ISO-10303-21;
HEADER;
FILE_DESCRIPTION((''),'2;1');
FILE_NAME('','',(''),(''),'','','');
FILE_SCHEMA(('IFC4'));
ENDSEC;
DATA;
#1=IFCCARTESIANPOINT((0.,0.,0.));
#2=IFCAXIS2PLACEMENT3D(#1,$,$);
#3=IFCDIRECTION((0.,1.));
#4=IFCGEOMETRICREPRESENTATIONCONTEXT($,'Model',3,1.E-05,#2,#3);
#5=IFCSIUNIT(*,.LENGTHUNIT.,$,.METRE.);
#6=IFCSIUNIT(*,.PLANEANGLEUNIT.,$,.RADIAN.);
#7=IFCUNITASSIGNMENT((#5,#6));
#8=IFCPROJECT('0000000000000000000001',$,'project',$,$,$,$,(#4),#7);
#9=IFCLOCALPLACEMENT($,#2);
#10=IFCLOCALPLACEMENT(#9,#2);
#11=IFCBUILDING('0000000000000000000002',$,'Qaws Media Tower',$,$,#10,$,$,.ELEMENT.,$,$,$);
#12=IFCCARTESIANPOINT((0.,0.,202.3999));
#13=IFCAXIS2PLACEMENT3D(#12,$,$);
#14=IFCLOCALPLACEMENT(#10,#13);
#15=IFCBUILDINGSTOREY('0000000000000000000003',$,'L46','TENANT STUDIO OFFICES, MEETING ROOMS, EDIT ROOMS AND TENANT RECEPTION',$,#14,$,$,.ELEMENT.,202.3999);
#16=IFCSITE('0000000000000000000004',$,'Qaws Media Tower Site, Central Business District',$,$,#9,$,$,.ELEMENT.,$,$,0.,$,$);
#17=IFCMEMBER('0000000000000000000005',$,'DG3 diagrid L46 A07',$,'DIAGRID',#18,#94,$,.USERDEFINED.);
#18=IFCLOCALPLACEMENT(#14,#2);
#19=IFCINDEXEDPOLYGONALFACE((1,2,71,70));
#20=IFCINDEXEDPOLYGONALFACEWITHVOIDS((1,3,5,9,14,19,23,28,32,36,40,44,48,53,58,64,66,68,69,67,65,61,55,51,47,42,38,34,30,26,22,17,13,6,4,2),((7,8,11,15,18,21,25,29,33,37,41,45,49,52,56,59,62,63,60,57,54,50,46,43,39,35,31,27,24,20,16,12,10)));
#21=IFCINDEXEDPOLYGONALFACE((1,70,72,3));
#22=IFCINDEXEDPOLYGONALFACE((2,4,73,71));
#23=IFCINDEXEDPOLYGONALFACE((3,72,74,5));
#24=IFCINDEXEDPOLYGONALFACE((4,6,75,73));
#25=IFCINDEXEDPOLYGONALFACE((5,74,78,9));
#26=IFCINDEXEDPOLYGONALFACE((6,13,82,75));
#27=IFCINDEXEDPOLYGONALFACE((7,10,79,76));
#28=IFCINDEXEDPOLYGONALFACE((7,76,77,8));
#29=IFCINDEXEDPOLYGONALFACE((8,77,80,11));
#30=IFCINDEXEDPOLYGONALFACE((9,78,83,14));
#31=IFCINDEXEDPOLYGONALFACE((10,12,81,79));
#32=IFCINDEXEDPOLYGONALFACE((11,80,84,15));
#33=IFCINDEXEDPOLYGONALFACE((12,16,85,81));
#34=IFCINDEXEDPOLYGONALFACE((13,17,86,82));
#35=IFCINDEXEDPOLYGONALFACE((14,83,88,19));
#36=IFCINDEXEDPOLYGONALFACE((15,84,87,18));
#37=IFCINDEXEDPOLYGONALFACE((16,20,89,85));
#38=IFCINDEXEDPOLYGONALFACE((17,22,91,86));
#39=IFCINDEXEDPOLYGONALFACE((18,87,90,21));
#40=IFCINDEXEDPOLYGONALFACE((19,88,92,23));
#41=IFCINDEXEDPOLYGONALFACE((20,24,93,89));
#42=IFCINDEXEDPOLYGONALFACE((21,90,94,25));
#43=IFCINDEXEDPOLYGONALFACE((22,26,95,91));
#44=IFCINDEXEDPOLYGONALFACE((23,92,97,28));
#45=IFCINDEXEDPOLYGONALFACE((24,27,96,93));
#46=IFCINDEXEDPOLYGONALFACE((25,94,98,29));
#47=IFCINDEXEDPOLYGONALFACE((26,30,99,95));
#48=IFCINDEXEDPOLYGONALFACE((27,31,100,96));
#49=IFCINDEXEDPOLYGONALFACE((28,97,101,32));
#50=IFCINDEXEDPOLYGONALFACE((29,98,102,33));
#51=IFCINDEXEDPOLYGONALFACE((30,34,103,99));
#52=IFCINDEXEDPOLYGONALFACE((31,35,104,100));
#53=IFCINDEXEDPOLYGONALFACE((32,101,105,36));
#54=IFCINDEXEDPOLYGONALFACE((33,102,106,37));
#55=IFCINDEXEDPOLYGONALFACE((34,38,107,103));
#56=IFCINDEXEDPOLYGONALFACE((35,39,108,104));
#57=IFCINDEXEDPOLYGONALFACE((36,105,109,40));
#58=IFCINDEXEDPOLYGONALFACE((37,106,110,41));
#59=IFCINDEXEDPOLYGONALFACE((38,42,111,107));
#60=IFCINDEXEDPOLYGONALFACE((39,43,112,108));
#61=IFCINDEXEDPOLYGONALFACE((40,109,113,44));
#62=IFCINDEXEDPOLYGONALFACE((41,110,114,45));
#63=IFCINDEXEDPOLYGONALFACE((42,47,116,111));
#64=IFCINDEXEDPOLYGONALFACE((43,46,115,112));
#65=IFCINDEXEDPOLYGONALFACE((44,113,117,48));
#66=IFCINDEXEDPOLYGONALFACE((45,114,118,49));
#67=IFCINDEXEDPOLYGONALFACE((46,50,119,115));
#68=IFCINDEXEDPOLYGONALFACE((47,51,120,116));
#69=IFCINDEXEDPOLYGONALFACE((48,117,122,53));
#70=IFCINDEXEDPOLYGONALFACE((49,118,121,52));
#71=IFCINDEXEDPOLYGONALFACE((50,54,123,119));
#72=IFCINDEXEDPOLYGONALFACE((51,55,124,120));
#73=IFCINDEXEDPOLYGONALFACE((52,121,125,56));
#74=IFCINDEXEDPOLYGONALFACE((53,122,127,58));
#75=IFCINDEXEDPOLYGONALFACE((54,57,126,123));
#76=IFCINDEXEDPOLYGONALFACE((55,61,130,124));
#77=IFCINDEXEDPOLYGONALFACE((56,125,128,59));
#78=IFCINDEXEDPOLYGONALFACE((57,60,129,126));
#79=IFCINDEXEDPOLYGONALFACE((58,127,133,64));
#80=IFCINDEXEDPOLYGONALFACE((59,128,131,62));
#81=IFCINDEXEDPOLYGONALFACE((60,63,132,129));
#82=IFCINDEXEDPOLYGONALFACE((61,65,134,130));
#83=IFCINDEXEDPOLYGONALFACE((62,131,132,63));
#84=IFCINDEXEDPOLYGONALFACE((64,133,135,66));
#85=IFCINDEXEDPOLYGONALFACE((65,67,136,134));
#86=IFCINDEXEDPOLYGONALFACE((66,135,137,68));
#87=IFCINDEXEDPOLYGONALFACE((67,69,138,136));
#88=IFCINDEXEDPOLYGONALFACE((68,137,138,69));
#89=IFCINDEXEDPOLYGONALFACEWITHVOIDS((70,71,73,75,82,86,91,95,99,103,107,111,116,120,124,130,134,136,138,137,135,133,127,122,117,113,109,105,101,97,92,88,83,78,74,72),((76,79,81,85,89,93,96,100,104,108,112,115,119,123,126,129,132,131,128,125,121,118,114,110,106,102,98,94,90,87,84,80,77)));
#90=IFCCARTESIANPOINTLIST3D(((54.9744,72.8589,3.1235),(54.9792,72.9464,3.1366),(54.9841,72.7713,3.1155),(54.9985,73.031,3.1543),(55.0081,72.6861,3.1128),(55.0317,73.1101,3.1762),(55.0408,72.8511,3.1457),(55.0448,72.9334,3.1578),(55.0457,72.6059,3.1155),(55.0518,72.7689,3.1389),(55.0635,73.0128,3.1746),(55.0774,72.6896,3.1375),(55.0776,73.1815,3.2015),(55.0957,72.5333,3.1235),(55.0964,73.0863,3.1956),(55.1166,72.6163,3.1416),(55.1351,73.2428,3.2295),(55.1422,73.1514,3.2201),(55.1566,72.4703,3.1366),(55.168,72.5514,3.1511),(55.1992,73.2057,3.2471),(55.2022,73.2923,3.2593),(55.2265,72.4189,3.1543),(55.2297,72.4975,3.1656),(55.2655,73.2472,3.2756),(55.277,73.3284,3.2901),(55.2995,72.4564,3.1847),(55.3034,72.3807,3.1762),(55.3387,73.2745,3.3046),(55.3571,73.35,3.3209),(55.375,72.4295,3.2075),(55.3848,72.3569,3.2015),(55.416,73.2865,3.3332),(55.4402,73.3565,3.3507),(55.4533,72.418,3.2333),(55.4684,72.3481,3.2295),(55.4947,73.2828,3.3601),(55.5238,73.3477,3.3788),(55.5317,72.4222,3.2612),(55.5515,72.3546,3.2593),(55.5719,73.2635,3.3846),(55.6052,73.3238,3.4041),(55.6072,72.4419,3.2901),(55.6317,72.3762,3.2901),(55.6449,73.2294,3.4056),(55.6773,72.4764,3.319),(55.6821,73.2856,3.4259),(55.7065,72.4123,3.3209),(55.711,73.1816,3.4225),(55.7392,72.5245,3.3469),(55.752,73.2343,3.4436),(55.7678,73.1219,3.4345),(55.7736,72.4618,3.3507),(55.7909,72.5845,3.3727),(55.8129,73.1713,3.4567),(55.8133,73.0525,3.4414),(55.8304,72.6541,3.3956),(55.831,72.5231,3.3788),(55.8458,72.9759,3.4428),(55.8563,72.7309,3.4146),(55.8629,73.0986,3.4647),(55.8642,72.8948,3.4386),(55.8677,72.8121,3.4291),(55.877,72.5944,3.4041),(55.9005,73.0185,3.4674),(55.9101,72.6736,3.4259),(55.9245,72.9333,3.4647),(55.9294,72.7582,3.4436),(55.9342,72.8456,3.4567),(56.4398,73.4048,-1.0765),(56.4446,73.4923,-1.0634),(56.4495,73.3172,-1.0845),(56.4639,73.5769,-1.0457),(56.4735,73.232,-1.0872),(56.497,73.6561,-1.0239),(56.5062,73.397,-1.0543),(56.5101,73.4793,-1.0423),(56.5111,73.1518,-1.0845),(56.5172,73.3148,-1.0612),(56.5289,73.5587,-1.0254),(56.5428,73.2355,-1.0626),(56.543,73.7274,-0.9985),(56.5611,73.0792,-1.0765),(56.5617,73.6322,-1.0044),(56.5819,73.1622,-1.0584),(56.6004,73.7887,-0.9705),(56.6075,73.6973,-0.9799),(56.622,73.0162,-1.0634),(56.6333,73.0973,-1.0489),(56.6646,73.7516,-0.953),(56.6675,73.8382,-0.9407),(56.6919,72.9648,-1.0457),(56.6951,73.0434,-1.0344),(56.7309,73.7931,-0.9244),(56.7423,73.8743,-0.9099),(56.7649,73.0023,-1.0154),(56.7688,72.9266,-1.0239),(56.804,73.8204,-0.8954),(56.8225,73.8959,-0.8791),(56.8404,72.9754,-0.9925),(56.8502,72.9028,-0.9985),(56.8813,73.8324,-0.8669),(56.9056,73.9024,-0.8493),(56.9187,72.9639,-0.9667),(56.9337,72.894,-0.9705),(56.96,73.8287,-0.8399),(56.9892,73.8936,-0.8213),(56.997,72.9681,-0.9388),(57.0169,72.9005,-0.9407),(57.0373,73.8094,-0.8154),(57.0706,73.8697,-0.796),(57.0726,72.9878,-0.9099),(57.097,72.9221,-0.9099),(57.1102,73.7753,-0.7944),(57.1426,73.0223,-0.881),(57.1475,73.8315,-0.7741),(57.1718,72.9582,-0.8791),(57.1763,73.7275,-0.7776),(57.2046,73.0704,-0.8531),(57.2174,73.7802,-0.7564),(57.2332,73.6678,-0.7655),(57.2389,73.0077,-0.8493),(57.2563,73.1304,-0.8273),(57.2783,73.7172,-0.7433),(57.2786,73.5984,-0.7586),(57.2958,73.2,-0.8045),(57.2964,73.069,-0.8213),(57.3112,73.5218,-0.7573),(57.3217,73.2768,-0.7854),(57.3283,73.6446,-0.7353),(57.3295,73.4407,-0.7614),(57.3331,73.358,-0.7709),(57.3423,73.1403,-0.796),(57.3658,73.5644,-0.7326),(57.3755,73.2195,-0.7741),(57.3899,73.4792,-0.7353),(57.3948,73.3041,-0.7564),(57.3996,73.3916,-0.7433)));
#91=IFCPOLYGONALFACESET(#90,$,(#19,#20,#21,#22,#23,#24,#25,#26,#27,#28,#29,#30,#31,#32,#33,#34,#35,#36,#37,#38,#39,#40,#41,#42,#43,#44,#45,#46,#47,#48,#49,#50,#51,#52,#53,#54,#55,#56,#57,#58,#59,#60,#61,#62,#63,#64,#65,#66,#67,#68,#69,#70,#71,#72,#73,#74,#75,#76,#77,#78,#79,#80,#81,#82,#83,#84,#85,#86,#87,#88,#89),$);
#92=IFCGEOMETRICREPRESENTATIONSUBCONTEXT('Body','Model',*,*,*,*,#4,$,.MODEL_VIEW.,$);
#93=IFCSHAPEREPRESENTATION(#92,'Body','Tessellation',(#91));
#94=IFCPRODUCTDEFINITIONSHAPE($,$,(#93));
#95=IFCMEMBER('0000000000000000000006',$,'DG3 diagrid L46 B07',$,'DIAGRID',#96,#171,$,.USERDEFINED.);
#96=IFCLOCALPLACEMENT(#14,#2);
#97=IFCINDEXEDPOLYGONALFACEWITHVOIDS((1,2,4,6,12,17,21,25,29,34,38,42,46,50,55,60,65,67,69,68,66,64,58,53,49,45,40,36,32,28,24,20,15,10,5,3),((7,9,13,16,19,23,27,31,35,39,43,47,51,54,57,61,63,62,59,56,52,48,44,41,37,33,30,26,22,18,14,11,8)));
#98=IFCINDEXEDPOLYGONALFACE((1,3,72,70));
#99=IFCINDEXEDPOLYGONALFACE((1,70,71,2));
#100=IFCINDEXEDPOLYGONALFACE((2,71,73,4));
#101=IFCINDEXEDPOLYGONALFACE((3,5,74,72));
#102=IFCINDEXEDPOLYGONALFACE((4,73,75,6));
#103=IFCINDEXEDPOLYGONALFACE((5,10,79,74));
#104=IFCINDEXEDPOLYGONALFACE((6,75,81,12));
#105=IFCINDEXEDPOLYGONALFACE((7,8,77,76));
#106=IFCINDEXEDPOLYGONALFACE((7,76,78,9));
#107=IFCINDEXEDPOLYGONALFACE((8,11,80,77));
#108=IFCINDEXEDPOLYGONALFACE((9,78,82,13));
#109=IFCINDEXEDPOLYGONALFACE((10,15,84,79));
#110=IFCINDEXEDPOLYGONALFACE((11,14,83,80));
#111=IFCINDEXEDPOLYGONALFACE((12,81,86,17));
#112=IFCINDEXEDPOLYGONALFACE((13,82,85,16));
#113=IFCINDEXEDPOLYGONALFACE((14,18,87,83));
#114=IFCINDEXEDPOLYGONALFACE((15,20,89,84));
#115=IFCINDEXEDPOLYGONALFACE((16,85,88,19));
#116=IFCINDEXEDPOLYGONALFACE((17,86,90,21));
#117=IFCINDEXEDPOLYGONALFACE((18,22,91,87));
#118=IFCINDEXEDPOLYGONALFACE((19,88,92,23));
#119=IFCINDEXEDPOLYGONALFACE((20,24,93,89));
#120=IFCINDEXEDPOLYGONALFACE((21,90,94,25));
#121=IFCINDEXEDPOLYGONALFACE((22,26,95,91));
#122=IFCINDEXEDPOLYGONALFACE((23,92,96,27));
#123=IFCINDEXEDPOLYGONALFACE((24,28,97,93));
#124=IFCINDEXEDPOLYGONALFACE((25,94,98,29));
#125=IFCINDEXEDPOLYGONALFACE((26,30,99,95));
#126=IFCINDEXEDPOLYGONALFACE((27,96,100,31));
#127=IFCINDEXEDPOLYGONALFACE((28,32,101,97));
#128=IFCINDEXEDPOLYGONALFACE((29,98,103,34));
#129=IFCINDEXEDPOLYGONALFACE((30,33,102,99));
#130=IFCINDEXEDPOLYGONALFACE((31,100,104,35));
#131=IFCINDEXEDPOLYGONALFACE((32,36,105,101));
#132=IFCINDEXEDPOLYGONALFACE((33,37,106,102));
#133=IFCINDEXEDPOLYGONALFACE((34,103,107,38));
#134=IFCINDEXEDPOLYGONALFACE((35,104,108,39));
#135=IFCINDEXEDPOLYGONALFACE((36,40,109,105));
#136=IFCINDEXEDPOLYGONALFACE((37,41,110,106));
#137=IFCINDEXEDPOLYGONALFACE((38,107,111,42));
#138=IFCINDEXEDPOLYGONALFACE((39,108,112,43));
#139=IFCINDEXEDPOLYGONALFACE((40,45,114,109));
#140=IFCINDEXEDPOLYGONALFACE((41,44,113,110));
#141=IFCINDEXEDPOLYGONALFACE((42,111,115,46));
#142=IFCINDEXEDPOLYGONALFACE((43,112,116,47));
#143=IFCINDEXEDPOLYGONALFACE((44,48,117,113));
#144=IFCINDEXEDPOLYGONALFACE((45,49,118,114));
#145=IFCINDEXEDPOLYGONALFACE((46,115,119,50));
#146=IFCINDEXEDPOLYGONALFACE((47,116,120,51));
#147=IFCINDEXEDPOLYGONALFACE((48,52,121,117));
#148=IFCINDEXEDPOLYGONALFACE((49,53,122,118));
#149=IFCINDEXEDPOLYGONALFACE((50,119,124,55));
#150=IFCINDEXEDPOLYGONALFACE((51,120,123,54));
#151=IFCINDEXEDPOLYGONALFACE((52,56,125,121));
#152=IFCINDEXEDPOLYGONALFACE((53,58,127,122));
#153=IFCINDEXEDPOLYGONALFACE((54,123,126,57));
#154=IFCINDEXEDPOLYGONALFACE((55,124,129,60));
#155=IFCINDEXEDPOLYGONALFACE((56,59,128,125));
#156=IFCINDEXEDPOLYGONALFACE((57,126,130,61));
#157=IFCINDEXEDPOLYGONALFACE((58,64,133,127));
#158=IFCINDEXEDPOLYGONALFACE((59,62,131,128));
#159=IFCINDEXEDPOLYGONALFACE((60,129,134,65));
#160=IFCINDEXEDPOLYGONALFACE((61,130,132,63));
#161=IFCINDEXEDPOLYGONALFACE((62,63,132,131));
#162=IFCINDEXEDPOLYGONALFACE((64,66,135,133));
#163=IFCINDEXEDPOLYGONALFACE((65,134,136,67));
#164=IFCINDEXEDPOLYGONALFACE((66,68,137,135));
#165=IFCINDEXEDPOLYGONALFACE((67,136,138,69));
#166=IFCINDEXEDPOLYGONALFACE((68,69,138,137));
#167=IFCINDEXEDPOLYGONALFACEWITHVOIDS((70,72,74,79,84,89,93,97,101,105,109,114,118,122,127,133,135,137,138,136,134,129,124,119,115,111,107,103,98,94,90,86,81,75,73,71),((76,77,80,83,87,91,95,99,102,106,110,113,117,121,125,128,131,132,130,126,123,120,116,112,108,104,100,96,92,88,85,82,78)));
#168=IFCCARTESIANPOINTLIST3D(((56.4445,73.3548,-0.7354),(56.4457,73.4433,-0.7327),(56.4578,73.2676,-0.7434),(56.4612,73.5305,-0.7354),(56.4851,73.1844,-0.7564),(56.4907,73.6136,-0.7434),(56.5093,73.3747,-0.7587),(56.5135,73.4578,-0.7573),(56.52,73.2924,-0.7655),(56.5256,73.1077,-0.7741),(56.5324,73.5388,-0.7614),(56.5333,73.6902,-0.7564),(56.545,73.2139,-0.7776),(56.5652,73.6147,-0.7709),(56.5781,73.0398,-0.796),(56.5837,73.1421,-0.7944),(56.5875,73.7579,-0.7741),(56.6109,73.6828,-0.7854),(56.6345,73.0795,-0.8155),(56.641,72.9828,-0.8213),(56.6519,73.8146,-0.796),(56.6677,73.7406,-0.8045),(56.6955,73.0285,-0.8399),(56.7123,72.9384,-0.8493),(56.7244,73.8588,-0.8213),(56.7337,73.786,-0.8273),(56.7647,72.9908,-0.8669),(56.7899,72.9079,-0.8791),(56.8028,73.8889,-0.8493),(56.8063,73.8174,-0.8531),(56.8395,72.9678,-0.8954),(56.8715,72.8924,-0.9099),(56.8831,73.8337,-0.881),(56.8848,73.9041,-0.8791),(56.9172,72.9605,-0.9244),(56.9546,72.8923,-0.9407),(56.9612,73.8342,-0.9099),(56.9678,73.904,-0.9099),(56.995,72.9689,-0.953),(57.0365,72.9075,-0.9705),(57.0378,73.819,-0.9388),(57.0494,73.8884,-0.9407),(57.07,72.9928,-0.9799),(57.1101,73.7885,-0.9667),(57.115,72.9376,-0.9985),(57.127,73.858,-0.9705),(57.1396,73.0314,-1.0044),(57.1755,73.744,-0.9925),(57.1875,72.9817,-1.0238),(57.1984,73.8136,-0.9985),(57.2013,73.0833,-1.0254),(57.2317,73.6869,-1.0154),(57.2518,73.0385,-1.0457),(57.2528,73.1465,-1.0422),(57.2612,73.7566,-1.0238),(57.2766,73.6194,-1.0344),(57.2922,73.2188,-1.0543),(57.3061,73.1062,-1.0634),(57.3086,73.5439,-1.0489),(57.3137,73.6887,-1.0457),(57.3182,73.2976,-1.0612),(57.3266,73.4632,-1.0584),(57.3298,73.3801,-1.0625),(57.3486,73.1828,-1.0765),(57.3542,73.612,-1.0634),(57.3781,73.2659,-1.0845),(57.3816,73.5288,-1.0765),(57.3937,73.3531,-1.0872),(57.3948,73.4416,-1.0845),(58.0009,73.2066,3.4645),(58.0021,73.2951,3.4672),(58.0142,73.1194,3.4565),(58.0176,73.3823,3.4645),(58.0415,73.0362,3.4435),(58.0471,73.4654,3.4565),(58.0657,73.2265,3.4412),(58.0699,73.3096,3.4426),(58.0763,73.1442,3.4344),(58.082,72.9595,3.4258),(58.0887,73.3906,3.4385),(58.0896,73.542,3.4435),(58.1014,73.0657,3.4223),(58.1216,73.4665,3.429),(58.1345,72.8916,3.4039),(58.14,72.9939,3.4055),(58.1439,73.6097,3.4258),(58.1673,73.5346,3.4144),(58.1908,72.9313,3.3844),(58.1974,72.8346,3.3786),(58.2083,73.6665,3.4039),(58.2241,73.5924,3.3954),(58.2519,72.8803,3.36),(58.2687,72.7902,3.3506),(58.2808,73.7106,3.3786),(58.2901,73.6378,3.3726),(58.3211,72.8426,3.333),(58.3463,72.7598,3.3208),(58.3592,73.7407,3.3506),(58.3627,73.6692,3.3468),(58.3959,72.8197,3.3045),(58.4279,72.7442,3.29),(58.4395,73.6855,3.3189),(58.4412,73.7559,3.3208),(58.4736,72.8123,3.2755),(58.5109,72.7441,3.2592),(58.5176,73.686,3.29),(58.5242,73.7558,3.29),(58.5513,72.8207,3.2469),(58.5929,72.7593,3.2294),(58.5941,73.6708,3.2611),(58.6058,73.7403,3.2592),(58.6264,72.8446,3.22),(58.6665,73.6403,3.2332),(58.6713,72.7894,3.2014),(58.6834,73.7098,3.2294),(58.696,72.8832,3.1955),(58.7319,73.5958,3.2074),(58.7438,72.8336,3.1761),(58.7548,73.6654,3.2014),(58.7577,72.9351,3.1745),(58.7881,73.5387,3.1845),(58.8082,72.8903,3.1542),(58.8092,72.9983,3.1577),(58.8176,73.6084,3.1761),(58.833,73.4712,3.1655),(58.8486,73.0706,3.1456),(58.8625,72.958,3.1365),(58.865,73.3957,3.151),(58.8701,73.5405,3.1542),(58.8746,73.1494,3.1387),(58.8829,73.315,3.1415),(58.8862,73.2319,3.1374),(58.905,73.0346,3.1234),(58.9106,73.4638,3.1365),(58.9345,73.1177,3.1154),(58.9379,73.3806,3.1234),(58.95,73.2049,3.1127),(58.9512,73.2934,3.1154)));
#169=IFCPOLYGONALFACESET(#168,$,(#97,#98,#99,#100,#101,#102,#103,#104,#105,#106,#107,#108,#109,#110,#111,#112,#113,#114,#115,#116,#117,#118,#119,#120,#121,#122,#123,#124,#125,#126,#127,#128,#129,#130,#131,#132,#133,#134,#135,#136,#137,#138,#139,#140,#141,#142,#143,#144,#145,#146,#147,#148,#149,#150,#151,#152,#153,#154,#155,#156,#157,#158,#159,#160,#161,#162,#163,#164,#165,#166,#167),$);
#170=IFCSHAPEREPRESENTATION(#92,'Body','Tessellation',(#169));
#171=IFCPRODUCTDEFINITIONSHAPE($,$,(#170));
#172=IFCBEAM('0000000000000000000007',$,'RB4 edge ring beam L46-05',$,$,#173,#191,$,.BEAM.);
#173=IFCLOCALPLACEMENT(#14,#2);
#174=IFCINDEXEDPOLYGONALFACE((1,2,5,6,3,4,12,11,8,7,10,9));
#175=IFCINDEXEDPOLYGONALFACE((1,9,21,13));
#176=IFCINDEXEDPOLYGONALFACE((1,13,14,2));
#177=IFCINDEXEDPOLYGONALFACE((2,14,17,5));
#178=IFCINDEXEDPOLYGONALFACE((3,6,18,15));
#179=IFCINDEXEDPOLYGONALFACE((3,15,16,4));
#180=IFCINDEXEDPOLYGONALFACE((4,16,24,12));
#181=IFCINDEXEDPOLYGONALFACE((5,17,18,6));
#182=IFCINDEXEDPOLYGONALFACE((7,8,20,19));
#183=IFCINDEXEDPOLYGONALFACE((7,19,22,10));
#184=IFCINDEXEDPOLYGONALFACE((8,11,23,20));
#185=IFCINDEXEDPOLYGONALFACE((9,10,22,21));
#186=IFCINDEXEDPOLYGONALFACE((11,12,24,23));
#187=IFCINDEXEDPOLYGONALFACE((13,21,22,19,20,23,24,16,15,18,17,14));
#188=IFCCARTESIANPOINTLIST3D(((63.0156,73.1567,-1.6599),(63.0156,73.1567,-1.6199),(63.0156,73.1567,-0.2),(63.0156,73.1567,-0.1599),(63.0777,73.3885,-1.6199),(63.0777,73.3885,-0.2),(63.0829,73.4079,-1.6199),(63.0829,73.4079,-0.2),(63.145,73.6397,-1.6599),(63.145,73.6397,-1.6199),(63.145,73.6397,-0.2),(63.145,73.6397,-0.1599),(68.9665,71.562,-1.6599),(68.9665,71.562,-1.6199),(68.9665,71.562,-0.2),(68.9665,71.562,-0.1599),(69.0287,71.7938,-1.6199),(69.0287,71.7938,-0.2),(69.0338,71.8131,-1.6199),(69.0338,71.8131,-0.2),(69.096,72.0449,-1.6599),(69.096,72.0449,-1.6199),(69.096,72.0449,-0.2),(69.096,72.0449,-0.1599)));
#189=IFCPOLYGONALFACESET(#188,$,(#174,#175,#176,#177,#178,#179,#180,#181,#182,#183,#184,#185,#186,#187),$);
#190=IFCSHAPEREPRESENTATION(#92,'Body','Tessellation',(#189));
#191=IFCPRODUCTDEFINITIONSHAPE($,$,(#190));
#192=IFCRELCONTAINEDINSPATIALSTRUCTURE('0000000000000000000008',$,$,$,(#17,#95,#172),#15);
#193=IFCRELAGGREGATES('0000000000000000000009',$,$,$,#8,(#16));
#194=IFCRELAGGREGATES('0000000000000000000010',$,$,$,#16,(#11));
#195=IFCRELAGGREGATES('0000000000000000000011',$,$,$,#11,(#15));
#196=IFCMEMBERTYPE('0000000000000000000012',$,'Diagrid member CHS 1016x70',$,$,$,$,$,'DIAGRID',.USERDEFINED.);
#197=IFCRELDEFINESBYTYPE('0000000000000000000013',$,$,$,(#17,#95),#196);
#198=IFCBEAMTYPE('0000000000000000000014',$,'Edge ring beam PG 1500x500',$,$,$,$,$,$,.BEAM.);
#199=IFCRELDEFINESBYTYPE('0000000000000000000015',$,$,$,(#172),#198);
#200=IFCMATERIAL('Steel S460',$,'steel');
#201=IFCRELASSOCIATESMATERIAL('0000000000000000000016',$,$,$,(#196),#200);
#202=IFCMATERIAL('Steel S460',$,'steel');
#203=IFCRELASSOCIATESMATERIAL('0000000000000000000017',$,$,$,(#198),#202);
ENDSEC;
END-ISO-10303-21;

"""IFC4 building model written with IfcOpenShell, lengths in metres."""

from ifc_helpers import new_model, si_unit, direction, frame, origin, origin_2d, place, context, subcontext, project, spatial, hollow_circle, i_section, extrude, material, material_profile, profile_set, type_object, element, save


model = new_model("IFC4")

# Units and contexts
model_context = context("Model", 3, precision=1e-05, world=origin(), true_north=direction((0.0, 1.0)))
body_context = subcontext(model_context, "Body", "Model", "MODEL_VIEW")
ifc_project = project(units=[si_unit("LENGTHUNIT", "METRE"), si_unit("PLANEANGLEUNIT", "RADIAN")], contexts=[model_context])

# Site, building, storey
site_placement = place(None, origin())
site = spatial("IfcSite", under=ifc_project, at=site_placement, Name="Qaws Media Tower Site, Central Business District", CompositionType="ELEMENT", RefElevation=0.0)
building_placement = place(site_placement, origin())
building = spatial("IfcBuilding", under=site, at=building_placement, Name="Qaws Media Tower", CompositionType="ELEMENT")
storey_placement = place(building_placement, frame((0.0, 0.0, 202.3999)))
storey = spatial("IfcBuildingStorey", under=building, at=storey_placement, Name="L46", Description="TENANT STUDIO OFFICES, MEETING ROOMS, EDIT ROOMS AND TENANT RECEPTION", CompositionType="ELEMENT", Elevation=202.3999)

# Members
ifc_material_1 = material(Name="Steel S460", Category="steel")
ifc_material_profile_1 = material_profile(ifc_material_1, hollow_circle(Radius=0.5081, WallThickness=0.0701, at=origin_2d()), Name="CHS 1016x70")
ifc_profile_set_1 = profile_set([ifc_material_profile_1], Name="Steel S460")
member_type_1 = type_object("IfcMemberType", Name="Diagrid member CHS 1016x70", ElementType="DIAGRID", PredefinedType="USERDEFINED", material=ifc_profile_set_1)
for number, where, z_axis, x_axis, name in (
    (1, (56.9197, 73.3982, -0.9099), (-0.326966, -0.121809, 0.937153), (0.349104, -0.937084, 0.0), "DG3 diagrid L46 A07"),
):
    element("IfcMember", number, at=place(storey_placement, frame(where, z_axis=z_axis, x_axis=x_axis)), inside=storey, type_object=member_type_1, Name=name, ObjectType="DIAGRID", PredefinedType="USERDEFINED", context=body_context, shape_type="SweptSolid", body=[
        extrude(hollow_circle(Radius=0.5081, WallThickness=0.0701, at=origin_2d()), origin(), (0.0, 0.0, 1.0), 4.4817),
    ])
member_1_placement = place(storey_placement, frame((56.9197, 73.3982, -0.9099), z_axis=(0.347293, -0.033068, 0.937173), x_axis=(0.094787, 0.995498, 0.0)))
element("IfcMember", 2, at=member_1_placement, inside=storey, type_object=member_type_1, Name="DG3 diagrid L46 B07", ObjectType="DIAGRID", PredefinedType="USERDEFINED", context=body_context, shape_type="SweptSolid", body=[
    extrude(hollow_circle(Radius=0.5081, WallThickness=0.0701, at=origin_2d()), origin(), (0.0, 0.0, 1.0), 4.4814),
])

# Beam
ifc_material_2 = material(Name="Steel S460", Category="steel")
ifc_material_profile_2 = material_profile(ifc_material_2, i_section(OverallWidth=0.5, OverallDepth=1.5, WebThickness=0.02, FlangeThickness=0.04, at=origin_2d()), Name="PG 1500x500")
ifc_profile_set_2 = profile_set([ifc_material_profile_2], Name="Steel S460")
beam_type = type_object("IfcBeamType", Name="Edge ring beam PG 1500x500", PredefinedType="BEAM", material=ifc_profile_set_2)
beam_1_placement = place(storey_placement, frame((69.0312, 71.8035, -0.9099), z_axis=(-0.965919, 0.258846, 0.0), x_axis=(-0.258846, -0.965919, 0.0)))
element("IfcBeam", 3, at=beam_1_placement, inside=storey, type_object=beam_type, Name="RB4 edge ring beam L46-05", PredefinedType="BEAM", context=body_context, shape_type="SweptSolid", body=[
    extrude(i_section(OverallWidth=0.5, OverallDepth=1.5, WebThickness=0.02, FlangeThickness=0.04, at=origin_2d()), origin(), (0.0, 0.0, 1.0), 6.1609),
])

save(model, "model.ifc")
